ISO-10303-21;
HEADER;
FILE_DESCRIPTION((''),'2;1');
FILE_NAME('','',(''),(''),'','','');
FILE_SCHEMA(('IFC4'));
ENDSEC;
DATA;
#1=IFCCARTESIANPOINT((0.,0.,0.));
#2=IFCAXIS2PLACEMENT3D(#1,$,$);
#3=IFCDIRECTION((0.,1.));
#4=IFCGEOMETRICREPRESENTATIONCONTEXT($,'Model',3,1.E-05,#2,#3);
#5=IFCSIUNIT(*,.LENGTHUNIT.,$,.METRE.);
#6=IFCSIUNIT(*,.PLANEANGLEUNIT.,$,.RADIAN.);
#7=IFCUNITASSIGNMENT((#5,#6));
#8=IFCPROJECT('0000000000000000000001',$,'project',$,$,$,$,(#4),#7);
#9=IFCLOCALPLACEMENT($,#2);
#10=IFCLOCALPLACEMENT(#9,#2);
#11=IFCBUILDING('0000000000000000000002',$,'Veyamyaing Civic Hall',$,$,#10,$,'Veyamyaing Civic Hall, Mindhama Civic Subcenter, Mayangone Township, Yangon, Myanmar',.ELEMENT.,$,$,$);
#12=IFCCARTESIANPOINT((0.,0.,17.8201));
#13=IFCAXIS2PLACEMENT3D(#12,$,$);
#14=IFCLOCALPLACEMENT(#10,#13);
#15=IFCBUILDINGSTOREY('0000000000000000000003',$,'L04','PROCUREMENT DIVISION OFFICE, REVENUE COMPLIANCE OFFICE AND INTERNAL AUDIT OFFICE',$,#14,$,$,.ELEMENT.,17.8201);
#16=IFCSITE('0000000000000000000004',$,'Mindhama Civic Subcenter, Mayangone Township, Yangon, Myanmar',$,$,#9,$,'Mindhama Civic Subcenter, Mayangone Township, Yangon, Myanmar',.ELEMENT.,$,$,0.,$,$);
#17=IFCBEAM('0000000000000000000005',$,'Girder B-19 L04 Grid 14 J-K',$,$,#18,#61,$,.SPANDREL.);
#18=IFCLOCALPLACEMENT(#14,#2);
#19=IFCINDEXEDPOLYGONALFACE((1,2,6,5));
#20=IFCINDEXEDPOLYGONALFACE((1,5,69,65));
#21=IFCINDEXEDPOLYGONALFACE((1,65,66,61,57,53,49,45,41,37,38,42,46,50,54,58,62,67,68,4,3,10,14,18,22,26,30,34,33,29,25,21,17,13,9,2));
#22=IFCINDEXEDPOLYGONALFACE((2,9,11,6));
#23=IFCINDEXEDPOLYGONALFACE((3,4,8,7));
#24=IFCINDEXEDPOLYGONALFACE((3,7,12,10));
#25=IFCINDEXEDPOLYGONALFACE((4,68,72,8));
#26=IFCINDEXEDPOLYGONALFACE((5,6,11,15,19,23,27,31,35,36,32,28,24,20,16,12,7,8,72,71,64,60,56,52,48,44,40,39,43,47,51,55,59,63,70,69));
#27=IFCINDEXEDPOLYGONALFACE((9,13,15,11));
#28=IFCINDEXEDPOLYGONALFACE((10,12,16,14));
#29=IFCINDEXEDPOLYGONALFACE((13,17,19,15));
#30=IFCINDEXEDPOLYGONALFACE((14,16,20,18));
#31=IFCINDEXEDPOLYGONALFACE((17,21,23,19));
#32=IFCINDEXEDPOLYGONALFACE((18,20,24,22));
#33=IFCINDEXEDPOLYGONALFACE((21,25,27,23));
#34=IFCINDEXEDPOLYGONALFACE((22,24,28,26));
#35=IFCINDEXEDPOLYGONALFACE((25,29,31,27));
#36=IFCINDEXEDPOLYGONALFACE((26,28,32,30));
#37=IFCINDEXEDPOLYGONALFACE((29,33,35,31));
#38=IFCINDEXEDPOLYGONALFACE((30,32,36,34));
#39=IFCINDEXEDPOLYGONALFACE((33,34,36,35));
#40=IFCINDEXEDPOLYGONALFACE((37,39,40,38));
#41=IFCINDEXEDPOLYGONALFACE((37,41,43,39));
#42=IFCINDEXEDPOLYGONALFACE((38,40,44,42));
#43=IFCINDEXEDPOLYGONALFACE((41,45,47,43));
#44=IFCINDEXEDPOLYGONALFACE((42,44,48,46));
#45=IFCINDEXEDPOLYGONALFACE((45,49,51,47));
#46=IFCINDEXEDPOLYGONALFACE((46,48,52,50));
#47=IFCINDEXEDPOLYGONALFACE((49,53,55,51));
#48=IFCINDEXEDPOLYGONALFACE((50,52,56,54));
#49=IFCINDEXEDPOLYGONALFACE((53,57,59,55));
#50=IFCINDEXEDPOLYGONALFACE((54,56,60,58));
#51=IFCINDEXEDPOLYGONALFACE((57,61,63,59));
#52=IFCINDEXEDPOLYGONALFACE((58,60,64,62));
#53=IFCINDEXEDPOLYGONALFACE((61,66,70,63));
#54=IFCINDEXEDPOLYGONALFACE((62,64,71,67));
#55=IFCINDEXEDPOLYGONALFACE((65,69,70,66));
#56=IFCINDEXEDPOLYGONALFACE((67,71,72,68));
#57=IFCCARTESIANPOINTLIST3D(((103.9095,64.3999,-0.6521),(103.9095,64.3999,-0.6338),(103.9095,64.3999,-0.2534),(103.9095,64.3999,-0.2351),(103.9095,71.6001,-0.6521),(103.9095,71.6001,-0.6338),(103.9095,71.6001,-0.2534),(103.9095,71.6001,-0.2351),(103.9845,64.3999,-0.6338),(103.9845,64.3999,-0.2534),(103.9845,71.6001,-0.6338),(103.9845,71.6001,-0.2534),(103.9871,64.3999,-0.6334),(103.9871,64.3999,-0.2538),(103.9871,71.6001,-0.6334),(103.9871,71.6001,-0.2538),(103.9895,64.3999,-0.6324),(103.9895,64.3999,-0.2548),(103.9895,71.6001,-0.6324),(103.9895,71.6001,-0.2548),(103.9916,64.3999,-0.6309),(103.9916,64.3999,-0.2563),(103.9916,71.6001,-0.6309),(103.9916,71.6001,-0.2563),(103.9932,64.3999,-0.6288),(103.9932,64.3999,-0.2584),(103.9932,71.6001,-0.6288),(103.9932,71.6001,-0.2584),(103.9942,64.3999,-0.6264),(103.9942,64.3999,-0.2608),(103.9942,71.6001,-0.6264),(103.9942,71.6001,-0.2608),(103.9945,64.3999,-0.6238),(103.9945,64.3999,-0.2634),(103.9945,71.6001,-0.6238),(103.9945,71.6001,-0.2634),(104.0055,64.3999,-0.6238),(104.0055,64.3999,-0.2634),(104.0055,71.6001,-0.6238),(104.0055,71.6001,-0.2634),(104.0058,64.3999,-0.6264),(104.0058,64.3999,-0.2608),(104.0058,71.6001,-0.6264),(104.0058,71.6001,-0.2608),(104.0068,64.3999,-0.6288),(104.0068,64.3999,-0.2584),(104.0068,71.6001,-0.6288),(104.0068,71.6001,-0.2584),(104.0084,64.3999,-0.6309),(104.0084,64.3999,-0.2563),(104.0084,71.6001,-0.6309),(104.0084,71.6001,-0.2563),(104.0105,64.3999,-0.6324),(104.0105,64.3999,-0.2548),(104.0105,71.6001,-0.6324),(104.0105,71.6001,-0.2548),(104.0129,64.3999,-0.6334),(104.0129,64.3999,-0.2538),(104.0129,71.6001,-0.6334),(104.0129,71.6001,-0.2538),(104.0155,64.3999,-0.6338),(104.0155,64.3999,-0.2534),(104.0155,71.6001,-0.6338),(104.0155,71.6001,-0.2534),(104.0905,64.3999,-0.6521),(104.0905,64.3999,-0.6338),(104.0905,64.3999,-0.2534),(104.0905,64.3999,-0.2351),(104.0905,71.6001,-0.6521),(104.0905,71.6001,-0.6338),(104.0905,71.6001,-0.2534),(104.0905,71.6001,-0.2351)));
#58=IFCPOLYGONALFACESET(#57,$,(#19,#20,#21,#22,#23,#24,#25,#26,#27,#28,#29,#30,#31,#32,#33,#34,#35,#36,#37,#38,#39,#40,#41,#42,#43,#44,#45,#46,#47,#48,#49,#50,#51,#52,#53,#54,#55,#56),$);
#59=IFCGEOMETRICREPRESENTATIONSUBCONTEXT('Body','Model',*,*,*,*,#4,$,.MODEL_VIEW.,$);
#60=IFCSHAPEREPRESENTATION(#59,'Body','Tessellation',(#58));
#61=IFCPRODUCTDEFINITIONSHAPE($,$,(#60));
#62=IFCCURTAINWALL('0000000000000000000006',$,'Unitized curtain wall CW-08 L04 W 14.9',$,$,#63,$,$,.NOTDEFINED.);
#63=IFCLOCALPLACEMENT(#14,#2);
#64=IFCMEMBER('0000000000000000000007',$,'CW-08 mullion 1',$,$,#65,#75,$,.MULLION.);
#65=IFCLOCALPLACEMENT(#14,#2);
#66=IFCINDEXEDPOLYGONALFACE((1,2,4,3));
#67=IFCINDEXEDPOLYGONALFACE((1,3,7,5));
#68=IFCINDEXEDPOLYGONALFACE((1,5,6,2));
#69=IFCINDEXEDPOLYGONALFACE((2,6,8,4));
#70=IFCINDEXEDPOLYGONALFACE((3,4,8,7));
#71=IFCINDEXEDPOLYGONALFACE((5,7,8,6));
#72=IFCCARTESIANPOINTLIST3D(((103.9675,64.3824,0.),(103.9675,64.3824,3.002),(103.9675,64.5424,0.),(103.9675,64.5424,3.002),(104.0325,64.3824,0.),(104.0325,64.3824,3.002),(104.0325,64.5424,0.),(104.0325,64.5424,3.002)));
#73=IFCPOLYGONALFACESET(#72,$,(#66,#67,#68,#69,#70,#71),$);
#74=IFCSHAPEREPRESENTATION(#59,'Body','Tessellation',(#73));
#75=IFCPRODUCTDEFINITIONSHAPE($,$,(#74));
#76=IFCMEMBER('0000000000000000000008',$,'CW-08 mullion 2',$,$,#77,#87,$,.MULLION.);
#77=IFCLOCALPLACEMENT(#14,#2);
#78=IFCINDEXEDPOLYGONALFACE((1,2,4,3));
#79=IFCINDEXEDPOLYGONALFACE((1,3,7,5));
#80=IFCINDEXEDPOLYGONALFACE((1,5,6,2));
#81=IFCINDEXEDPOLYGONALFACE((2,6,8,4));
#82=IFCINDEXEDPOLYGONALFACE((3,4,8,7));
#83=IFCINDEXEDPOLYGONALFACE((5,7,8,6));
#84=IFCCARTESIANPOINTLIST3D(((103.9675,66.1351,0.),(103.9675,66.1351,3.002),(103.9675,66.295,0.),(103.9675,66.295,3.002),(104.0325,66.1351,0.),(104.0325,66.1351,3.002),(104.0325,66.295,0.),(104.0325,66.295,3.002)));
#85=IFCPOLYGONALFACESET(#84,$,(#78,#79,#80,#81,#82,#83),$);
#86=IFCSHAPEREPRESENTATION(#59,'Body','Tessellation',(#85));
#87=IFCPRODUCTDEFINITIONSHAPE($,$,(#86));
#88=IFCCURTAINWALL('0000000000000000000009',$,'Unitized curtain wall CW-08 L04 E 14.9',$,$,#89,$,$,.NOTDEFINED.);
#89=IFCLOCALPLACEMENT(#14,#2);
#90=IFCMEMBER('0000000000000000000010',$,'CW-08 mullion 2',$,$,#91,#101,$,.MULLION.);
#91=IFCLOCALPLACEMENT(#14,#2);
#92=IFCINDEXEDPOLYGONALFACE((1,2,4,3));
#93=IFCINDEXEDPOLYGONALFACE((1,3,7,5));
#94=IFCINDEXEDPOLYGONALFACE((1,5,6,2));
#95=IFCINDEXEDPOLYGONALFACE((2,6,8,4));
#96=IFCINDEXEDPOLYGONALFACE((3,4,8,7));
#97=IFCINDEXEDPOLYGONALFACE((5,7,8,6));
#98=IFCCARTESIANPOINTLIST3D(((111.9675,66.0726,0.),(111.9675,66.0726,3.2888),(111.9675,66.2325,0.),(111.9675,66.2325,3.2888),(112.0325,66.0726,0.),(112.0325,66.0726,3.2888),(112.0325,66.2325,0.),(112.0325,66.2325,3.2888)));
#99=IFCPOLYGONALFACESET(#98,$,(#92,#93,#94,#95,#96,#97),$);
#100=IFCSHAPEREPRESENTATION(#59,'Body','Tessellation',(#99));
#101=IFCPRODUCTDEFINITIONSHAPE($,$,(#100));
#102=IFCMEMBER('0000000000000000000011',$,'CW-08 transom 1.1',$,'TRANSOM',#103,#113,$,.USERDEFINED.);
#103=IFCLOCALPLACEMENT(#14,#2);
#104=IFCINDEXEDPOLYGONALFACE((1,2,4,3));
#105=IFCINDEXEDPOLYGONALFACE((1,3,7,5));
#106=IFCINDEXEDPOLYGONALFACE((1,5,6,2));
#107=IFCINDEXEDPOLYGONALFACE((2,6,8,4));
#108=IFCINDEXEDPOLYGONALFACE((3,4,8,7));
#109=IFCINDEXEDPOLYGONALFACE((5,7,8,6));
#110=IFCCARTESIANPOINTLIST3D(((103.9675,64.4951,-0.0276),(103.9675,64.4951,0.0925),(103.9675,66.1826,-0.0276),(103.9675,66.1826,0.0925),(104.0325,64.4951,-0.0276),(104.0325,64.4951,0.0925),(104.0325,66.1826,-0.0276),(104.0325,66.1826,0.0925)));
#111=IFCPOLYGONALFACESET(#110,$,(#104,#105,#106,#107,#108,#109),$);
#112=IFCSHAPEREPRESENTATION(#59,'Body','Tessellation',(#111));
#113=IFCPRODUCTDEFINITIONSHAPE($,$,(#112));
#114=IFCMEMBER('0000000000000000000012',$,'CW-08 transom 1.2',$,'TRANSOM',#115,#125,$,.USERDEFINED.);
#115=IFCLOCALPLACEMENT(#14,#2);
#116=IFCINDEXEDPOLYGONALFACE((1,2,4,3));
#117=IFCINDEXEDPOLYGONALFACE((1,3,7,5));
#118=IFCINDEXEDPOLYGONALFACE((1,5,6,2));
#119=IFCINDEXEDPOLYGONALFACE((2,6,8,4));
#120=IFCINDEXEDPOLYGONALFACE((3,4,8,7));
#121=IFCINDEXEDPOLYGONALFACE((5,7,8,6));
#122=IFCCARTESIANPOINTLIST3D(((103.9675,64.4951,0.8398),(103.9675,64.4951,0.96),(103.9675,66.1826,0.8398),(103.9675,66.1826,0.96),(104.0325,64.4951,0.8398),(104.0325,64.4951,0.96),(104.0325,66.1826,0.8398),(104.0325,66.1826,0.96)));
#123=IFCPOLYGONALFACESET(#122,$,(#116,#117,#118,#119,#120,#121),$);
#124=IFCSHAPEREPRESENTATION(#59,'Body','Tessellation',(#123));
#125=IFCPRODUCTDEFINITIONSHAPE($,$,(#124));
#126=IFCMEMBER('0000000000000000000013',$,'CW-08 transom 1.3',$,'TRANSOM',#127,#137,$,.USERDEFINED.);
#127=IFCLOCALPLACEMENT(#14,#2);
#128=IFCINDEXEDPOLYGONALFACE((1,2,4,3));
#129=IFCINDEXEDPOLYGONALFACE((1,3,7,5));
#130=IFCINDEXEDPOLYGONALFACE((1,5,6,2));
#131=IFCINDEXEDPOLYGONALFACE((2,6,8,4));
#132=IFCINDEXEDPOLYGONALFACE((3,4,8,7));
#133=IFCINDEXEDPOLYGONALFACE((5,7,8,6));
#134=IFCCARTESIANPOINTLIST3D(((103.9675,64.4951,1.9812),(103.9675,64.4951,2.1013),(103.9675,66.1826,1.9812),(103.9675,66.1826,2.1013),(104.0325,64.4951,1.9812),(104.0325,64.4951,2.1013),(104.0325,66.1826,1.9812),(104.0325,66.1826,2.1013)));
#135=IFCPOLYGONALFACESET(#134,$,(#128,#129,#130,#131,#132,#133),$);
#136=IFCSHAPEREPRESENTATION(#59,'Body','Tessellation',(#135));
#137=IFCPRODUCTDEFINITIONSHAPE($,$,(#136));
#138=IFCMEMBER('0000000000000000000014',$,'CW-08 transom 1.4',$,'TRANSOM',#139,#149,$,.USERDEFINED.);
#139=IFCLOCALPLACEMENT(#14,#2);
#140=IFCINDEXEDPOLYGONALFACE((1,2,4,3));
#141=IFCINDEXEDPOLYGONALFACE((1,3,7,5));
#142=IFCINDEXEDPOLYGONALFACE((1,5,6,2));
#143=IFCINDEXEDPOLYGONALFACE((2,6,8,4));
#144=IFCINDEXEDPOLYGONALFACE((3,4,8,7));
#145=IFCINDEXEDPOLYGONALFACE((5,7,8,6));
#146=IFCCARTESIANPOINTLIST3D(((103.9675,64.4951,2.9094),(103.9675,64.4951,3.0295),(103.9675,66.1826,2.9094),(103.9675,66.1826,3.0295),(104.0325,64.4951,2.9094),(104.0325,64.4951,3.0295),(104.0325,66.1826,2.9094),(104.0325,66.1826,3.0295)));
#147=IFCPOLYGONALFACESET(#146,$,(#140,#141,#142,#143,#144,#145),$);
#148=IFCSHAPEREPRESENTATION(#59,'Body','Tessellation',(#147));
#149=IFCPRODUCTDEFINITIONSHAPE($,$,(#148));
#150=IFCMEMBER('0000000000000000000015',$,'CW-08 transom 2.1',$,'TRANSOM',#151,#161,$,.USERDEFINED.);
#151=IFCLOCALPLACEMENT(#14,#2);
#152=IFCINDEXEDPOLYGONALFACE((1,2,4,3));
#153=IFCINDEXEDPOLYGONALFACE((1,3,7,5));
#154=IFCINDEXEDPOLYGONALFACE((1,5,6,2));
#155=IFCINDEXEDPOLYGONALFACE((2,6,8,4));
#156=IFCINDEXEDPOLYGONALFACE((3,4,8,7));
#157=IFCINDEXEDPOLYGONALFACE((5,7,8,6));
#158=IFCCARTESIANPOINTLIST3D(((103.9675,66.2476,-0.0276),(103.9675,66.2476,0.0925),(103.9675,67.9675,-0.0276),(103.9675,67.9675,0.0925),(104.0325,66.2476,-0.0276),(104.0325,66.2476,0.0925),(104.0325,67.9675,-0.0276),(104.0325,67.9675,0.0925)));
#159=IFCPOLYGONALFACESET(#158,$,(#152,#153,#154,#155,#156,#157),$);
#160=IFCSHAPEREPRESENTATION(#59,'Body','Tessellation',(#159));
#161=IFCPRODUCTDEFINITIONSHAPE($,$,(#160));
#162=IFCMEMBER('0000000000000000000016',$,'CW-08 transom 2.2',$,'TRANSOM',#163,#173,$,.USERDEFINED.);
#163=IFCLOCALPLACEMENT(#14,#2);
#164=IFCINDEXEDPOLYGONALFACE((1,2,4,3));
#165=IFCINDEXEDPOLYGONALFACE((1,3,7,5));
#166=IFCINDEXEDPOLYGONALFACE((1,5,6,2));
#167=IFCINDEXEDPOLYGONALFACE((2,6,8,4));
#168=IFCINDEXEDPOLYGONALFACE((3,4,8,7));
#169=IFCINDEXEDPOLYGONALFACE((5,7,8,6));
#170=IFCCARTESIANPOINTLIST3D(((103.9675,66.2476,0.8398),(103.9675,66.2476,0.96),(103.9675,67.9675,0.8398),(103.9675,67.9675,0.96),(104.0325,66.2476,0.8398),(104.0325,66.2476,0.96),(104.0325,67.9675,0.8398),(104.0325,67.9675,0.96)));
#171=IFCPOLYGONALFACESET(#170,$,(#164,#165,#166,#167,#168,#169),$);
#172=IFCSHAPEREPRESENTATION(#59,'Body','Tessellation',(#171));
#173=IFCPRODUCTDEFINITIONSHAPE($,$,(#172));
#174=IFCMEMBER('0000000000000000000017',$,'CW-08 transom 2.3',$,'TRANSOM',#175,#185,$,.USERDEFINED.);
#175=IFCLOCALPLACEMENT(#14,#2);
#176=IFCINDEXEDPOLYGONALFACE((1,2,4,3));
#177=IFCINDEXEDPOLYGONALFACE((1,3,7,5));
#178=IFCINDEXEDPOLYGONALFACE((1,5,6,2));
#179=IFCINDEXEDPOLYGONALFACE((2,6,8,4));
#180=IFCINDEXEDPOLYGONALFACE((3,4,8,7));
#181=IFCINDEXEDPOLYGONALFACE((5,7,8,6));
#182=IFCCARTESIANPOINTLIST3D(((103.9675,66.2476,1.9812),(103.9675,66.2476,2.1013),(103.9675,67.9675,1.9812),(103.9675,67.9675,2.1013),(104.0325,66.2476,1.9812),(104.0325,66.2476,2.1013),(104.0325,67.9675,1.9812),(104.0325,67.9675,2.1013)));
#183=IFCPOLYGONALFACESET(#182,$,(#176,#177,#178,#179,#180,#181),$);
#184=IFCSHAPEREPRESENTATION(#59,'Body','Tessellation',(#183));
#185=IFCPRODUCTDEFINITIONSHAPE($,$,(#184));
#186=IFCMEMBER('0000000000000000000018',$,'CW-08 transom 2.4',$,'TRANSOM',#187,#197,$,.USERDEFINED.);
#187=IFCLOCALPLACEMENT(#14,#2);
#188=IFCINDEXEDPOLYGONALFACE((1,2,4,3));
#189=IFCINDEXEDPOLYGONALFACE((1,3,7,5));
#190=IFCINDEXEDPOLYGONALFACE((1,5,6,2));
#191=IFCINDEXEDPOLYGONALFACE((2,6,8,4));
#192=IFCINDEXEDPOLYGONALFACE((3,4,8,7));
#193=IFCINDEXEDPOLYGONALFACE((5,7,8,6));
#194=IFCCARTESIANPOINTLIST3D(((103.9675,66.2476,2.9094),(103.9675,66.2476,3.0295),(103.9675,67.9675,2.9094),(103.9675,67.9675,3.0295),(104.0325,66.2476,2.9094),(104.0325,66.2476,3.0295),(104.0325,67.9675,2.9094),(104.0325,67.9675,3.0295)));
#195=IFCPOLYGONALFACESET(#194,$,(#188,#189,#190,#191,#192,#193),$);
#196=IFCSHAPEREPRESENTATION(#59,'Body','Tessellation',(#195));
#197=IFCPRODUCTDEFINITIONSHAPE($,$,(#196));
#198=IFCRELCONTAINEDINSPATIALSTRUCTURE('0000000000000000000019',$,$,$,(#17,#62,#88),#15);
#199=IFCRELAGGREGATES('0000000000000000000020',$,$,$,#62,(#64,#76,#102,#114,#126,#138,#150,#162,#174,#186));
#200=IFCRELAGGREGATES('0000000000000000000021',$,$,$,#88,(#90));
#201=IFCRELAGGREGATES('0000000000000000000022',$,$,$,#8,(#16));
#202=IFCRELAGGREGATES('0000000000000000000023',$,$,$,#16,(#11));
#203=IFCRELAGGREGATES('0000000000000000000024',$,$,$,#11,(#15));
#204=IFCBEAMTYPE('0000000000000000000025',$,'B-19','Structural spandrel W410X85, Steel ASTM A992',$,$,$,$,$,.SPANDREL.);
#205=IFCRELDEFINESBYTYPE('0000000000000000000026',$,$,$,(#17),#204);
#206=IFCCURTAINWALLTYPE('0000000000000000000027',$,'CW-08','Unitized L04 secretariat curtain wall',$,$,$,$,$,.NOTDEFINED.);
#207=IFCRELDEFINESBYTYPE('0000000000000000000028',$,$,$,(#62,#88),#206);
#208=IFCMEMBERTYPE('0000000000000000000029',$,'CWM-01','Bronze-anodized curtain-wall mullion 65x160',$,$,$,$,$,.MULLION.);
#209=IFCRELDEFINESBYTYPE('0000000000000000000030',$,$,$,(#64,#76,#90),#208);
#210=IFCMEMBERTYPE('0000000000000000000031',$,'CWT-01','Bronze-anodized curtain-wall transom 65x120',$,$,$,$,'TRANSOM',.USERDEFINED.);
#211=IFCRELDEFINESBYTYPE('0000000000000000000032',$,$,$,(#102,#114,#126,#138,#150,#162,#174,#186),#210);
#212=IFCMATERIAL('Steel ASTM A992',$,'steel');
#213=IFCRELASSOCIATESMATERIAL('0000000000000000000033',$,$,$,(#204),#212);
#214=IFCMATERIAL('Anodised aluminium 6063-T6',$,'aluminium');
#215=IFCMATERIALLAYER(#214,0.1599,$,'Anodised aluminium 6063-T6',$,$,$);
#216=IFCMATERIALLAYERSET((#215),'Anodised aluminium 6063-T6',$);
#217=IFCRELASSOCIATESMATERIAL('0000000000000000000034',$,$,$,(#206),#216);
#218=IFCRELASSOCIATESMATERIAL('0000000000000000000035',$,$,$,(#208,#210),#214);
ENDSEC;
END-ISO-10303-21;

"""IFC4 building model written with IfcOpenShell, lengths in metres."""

from ifc_helpers import new_model, si_unit, direction, frame, origin, origin_2d, place, context, subcontext, project, spatial, rectangle, i_section, extrude, material, layer, layer_set, material_profile, profile_set, type_object, element, aggregate, save


model = new_model("IFC4")

# Units and contexts
model_context = context("Model", 3, precision=1e-05, world=origin(), true_north=direction((0.0, 1.0)))
body_context = subcontext(model_context, "Body", "Model", "MODEL_VIEW")
ifc_project = project(units=[si_unit("LENGTHUNIT", "METRE"), si_unit("PLANEANGLEUNIT", "RADIAN")], contexts=[model_context])

# Site, building, storey
site_placement = place(None, origin())
site = spatial("IfcSite", under=ifc_project, at=site_placement, Name="Mindhama Civic Subcenter, Mayangone Township, Yangon, Myanmar", LongName="Mindhama Civic Subcenter, Mayangone Township, Yangon, Myanmar", CompositionType="ELEMENT", RefElevation=0.0)
building_placement = place(site_placement, origin())
building = spatial("IfcBuilding", under=site, at=building_placement, Name="Veyamyaing Civic Hall", LongName="Veyamyaing Civic Hall, Mindhama Civic Subcenter, Mayangone Township, Yangon, Myanmar", CompositionType="ELEMENT")
storey_placement = place(building_placement, frame((0.0, 0.0, 17.8201)))
storey = spatial("IfcBuildingStorey", under=building, at=storey_placement, Name="L04", Description="PROCUREMENT DIVISION OFFICE, REVENUE COMPLIANCE OFFICE AND INTERNAL AUDIT OFFICE", CompositionType="ELEMENT", Elevation=17.8201)

# Beam
ifc_material_1 = material(Name="Steel ASTM A992", Category="steel")
ifc_material_profile_1 = material_profile(ifc_material_1, i_section(OverallWidth=0.1809, OverallDepth=0.417, WebThickness=0.011, FlangeThickness=0.0183, FilletRadius=0.01, at=origin_2d()), Name="W410X85")
ifc_profile_set_1 = profile_set([ifc_material_profile_1], Name="Steel ASTM A992")
beam_type_1 = type_object("IfcBeamType", Name="B-19", Description="Structural spandrel W410X85, Steel ASTM A992", PredefinedType="SPANDREL", material=ifc_profile_set_1)
beam_1_placement = place(storey_placement, frame((104.0, 64.3999, -0.4436), z_axis=(0.0, 1.0, 0.0), x_axis=(-1.0, 0.0, 0.0)))
element("IfcBeam", 1, at=beam_1_placement, inside=storey, type_object=beam_type_1, Name="Girder B-19 L04 Grid 14 J-K", PredefinedType="SPANDREL", context=body_context, shape_type="SweptSolid", body=[
    extrude(i_section(OverallWidth=0.1809, OverallDepth=0.417, WebThickness=0.011, FlangeThickness=0.0183, FilletRadius=0.01, at=origin_2d()), origin(), (0.0, 0.0, 1.0), 7.2002),
])

# Curtain wall, members
ifc_material_2 = material(Name="Anodised aluminium 6063-T6", Category="aluminium")
ifc_layer_1 = layer(ifc_material_2, 0.1599, Name="Anodised aluminium 6063-T6")
ifc_layer_set_1 = layer_set([ifc_layer_1], Name="Anodised aluminium 6063-T6")
curtain_wall_type = type_object("IfcCurtainWallType", Name="CW-08", Description="Unitized L04 secretariat curtain wall", PredefinedType="NOTDEFINED", material=ifc_layer_set_1)
curtain_wall_1_placement = place(storey_placement, origin())
curtain_wall_1 = element("IfcCurtainWall", 2, at=curtain_wall_1_placement, inside=storey, type_object=curtain_wall_type, Name="Unitized curtain wall CW-08 L04 W 14.9", PredefinedType="NOTDEFINED")
ifc_material_profile_2 = material_profile(ifc_material_2, rectangle(XDim=0.0649, YDim=0.1599, at=origin_2d()), Name="ALU-MUL-65X160")
ifc_profile_set_2 = profile_set([ifc_material_profile_2], Name="Anodised aluminium 6063-T6")
member_type_1 = type_object("IfcMemberType", Name="CWM-01", Description="Bronze-anodized curtain-wall mullion 65x160", PredefinedType="MULLION", material=ifc_profile_set_2)
member_1_placement = place(storey_placement, frame((104.0, 64.4624, 0.0), z_axis=(0.0, 0.0, 1.0), x_axis=(-1.0, 0.0, 0.0)))
member_1 = element("IfcMember", 3, at=member_1_placement, type_object=member_type_1, Name="CW-08 mullion 1", PredefinedType="MULLION", context=body_context, shape_type="SweptSolid", body=[
    extrude(rectangle(XDim=0.0649, YDim=0.1599, at=origin_2d()), origin(), (0.0, 0.0, 1.0), 3.002),
])
member_2_placement = place(storey_placement, frame((104.0, 66.2151, 0.0), z_axis=(0.0, 0.0, 1.0), x_axis=(-1.0, 0.0, 0.0)))
member_2 = element("IfcMember", 4, at=member_2_placement, type_object=member_type_1, Name="CW-08 mullion 2", PredefinedType="MULLION", context=body_context, shape_type="SweptSolid", body=[
    extrude(rectangle(XDim=0.0649, YDim=0.1599, at=origin_2d()), origin(), (0.0, 0.0, 1.0), 3.002),
])

# Curtain wall, member
curtain_wall_2_placement = place(storey_placement, origin())
curtain_wall_2 = element("IfcCurtainWall", 5, at=curtain_wall_2_placement, inside=storey, type_object=curtain_wall_type, Name="Unitized curtain wall CW-08 L04 E 14.9", PredefinedType="NOTDEFINED")
member_3_placement = place(storey_placement, frame((112.0, 66.1526, 0.0), z_axis=(0.0, 0.0, 1.0), x_axis=(-1.0, 0.0, 0.0)))
member_3 = element("IfcMember", 6, at=member_3_placement, type_object=member_type_1, Name="CW-08 mullion 2", PredefinedType="MULLION", context=body_context, shape_type="SweptSolid", body=[
    extrude(rectangle(XDim=0.0649, YDim=0.1599, at=origin_2d()), origin(), (0.0, 0.0, 1.0), 3.2888),
])

# Members
ifc_material_profile_3 = material_profile(ifc_material_2, rectangle(XDim=0.0649, YDim=0.1201, at=origin_2d()), Name="ALU-TRN-65X120")
ifc_profile_set_3 = profile_set([ifc_material_profile_3], Name="Anodised aluminium 6063-T6")
member_type_2 = type_object("IfcMemberType", Name="CWT-01", Description="Bronze-anodized curtain-wall transom 65x120", ElementType="TRANSOM", PredefinedType="USERDEFINED", material=ifc_profile_set_3)
member_4_placement = place(storey_placement, frame((104.0, 64.4951, 0.0325), z_axis=(0.0, 1.0, 0.0), x_axis=(-1.0, 0.0, 0.0)))
member_4 = element("IfcMember", 7, at=member_4_placement, type_object=member_type_2, Name="CW-08 transom 1.1", ObjectType="TRANSOM", PredefinedType="USERDEFINED", context=body_context, shape_type="SweptSolid", body=[
    extrude(rectangle(XDim=0.0649, YDim=0.1201, at=origin_2d()), origin(), (0.0, 0.0, 1.0), 1.6875),
])
member_5_placement = place(storey_placement, frame((104.0, 64.4951, 0.8999), z_axis=(0.0, 1.0, 0.0), x_axis=(-1.0, 0.0, 0.0)))
member_5 = element("IfcMember", 8, at=member_5_placement, type_object=member_type_2, Name="CW-08 transom 1.2", ObjectType="TRANSOM", PredefinedType="USERDEFINED", context=body_context, shape_type="SweptSolid", body=[
    extrude(rectangle(XDim=0.0649, YDim=0.1201, at=origin_2d()), origin(), (0.0, 0.0, 1.0), 1.6875),
])
member_6_placement = place(storey_placement, frame((104.0, 64.4951, 2.0413), z_axis=(0.0, 1.0, 0.0), x_axis=(-1.0, 0.0, 0.0)))
member_6 = element("IfcMember", 9, at=member_6_placement, type_object=member_type_2, Name="CW-08 transom 1.3", ObjectType="TRANSOM", PredefinedType="USERDEFINED", context=body_context, shape_type="SweptSolid", body=[
    extrude(rectangle(XDim=0.0649, YDim=0.1201, at=origin_2d()), origin(), (0.0, 0.0, 1.0), 1.6875),
])
member_7_placement = place(storey_placement, frame((104.0, 64.4951, 2.9695), z_axis=(0.0, 1.0, 0.0), x_axis=(-1.0, 0.0, 0.0)))
member_7 = element("IfcMember", 10, at=member_7_placement, type_object=member_type_2, Name="CW-08 transom 1.4", ObjectType="TRANSOM", PredefinedType="USERDEFINED", context=body_context, shape_type="SweptSolid", body=[
    extrude(rectangle(XDim=0.0649, YDim=0.1201, at=origin_2d()), origin(), (0.0, 0.0, 1.0), 1.6875),
])
member_8_placement = place(storey_placement, frame((104.0, 66.2476, 0.0325), z_axis=(0.0, 1.0, 0.0), x_axis=(-1.0, 0.0, 0.0)))
member_8 = element("IfcMember", 11, at=member_8_placement, type_object=member_type_2, Name="CW-08 transom 2.1", ObjectType="TRANSOM", PredefinedType="USERDEFINED", context=body_context, shape_type="SweptSolid", body=[
    extrude(rectangle(XDim=0.0649, YDim=0.1201, at=origin_2d()), origin(), (0.0, 0.0, 1.0), 1.72),
])
member_9_placement = place(storey_placement, frame((104.0, 66.2476, 0.8999), z_axis=(0.0, 1.0, 0.0), x_axis=(-1.0, 0.0, 0.0)))
member_9 = element("IfcMember", 12, at=member_9_placement, type_object=member_type_2, Name="CW-08 transom 2.2", ObjectType="TRANSOM", PredefinedType="USERDEFINED", context=body_context, shape_type="SweptSolid", body=[
    extrude(rectangle(XDim=0.0649, YDim=0.1201, at=origin_2d()), origin(), (0.0, 0.0, 1.0), 1.72),
])
member_10_placement = place(storey_placement, frame((104.0, 66.2476, 2.0413), z_axis=(0.0, 1.0, 0.0), x_axis=(-1.0, 0.0, 0.0)))
member_10 = element("IfcMember", 13, at=member_10_placement, type_object=member_type_2, Name="CW-08 transom 2.3", ObjectType="TRANSOM", PredefinedType="USERDEFINED", context=body_context, shape_type="SweptSolid", body=[
    extrude(rectangle(XDim=0.0649, YDim=0.1201, at=origin_2d()), origin(), (0.0, 0.0, 1.0), 1.72),
])
member_11_placement = place(storey_placement, frame((104.0, 66.2476, 2.9695), z_axis=(0.0, 1.0, 0.0), x_axis=(-1.0, 0.0, 0.0)))
member_11 = element("IfcMember", 14, at=member_11_placement, type_object=member_type_2, Name="CW-08 transom 2.4", ObjectType="TRANSOM", PredefinedType="USERDEFINED", context=body_context, shape_type="SweptSolid", body=[
    extrude(rectangle(XDim=0.0649, YDim=0.1201, at=origin_2d()), origin(), (0.0, 0.0, 1.0), 1.72),
])

aggregate(curtain_wall_1, [member_1, member_2, member_4, member_5, member_6, member_7, member_8, member_9, member_10, member_11])
aggregate(curtain_wall_2, [member_3])

save(model, "model.ifc")
